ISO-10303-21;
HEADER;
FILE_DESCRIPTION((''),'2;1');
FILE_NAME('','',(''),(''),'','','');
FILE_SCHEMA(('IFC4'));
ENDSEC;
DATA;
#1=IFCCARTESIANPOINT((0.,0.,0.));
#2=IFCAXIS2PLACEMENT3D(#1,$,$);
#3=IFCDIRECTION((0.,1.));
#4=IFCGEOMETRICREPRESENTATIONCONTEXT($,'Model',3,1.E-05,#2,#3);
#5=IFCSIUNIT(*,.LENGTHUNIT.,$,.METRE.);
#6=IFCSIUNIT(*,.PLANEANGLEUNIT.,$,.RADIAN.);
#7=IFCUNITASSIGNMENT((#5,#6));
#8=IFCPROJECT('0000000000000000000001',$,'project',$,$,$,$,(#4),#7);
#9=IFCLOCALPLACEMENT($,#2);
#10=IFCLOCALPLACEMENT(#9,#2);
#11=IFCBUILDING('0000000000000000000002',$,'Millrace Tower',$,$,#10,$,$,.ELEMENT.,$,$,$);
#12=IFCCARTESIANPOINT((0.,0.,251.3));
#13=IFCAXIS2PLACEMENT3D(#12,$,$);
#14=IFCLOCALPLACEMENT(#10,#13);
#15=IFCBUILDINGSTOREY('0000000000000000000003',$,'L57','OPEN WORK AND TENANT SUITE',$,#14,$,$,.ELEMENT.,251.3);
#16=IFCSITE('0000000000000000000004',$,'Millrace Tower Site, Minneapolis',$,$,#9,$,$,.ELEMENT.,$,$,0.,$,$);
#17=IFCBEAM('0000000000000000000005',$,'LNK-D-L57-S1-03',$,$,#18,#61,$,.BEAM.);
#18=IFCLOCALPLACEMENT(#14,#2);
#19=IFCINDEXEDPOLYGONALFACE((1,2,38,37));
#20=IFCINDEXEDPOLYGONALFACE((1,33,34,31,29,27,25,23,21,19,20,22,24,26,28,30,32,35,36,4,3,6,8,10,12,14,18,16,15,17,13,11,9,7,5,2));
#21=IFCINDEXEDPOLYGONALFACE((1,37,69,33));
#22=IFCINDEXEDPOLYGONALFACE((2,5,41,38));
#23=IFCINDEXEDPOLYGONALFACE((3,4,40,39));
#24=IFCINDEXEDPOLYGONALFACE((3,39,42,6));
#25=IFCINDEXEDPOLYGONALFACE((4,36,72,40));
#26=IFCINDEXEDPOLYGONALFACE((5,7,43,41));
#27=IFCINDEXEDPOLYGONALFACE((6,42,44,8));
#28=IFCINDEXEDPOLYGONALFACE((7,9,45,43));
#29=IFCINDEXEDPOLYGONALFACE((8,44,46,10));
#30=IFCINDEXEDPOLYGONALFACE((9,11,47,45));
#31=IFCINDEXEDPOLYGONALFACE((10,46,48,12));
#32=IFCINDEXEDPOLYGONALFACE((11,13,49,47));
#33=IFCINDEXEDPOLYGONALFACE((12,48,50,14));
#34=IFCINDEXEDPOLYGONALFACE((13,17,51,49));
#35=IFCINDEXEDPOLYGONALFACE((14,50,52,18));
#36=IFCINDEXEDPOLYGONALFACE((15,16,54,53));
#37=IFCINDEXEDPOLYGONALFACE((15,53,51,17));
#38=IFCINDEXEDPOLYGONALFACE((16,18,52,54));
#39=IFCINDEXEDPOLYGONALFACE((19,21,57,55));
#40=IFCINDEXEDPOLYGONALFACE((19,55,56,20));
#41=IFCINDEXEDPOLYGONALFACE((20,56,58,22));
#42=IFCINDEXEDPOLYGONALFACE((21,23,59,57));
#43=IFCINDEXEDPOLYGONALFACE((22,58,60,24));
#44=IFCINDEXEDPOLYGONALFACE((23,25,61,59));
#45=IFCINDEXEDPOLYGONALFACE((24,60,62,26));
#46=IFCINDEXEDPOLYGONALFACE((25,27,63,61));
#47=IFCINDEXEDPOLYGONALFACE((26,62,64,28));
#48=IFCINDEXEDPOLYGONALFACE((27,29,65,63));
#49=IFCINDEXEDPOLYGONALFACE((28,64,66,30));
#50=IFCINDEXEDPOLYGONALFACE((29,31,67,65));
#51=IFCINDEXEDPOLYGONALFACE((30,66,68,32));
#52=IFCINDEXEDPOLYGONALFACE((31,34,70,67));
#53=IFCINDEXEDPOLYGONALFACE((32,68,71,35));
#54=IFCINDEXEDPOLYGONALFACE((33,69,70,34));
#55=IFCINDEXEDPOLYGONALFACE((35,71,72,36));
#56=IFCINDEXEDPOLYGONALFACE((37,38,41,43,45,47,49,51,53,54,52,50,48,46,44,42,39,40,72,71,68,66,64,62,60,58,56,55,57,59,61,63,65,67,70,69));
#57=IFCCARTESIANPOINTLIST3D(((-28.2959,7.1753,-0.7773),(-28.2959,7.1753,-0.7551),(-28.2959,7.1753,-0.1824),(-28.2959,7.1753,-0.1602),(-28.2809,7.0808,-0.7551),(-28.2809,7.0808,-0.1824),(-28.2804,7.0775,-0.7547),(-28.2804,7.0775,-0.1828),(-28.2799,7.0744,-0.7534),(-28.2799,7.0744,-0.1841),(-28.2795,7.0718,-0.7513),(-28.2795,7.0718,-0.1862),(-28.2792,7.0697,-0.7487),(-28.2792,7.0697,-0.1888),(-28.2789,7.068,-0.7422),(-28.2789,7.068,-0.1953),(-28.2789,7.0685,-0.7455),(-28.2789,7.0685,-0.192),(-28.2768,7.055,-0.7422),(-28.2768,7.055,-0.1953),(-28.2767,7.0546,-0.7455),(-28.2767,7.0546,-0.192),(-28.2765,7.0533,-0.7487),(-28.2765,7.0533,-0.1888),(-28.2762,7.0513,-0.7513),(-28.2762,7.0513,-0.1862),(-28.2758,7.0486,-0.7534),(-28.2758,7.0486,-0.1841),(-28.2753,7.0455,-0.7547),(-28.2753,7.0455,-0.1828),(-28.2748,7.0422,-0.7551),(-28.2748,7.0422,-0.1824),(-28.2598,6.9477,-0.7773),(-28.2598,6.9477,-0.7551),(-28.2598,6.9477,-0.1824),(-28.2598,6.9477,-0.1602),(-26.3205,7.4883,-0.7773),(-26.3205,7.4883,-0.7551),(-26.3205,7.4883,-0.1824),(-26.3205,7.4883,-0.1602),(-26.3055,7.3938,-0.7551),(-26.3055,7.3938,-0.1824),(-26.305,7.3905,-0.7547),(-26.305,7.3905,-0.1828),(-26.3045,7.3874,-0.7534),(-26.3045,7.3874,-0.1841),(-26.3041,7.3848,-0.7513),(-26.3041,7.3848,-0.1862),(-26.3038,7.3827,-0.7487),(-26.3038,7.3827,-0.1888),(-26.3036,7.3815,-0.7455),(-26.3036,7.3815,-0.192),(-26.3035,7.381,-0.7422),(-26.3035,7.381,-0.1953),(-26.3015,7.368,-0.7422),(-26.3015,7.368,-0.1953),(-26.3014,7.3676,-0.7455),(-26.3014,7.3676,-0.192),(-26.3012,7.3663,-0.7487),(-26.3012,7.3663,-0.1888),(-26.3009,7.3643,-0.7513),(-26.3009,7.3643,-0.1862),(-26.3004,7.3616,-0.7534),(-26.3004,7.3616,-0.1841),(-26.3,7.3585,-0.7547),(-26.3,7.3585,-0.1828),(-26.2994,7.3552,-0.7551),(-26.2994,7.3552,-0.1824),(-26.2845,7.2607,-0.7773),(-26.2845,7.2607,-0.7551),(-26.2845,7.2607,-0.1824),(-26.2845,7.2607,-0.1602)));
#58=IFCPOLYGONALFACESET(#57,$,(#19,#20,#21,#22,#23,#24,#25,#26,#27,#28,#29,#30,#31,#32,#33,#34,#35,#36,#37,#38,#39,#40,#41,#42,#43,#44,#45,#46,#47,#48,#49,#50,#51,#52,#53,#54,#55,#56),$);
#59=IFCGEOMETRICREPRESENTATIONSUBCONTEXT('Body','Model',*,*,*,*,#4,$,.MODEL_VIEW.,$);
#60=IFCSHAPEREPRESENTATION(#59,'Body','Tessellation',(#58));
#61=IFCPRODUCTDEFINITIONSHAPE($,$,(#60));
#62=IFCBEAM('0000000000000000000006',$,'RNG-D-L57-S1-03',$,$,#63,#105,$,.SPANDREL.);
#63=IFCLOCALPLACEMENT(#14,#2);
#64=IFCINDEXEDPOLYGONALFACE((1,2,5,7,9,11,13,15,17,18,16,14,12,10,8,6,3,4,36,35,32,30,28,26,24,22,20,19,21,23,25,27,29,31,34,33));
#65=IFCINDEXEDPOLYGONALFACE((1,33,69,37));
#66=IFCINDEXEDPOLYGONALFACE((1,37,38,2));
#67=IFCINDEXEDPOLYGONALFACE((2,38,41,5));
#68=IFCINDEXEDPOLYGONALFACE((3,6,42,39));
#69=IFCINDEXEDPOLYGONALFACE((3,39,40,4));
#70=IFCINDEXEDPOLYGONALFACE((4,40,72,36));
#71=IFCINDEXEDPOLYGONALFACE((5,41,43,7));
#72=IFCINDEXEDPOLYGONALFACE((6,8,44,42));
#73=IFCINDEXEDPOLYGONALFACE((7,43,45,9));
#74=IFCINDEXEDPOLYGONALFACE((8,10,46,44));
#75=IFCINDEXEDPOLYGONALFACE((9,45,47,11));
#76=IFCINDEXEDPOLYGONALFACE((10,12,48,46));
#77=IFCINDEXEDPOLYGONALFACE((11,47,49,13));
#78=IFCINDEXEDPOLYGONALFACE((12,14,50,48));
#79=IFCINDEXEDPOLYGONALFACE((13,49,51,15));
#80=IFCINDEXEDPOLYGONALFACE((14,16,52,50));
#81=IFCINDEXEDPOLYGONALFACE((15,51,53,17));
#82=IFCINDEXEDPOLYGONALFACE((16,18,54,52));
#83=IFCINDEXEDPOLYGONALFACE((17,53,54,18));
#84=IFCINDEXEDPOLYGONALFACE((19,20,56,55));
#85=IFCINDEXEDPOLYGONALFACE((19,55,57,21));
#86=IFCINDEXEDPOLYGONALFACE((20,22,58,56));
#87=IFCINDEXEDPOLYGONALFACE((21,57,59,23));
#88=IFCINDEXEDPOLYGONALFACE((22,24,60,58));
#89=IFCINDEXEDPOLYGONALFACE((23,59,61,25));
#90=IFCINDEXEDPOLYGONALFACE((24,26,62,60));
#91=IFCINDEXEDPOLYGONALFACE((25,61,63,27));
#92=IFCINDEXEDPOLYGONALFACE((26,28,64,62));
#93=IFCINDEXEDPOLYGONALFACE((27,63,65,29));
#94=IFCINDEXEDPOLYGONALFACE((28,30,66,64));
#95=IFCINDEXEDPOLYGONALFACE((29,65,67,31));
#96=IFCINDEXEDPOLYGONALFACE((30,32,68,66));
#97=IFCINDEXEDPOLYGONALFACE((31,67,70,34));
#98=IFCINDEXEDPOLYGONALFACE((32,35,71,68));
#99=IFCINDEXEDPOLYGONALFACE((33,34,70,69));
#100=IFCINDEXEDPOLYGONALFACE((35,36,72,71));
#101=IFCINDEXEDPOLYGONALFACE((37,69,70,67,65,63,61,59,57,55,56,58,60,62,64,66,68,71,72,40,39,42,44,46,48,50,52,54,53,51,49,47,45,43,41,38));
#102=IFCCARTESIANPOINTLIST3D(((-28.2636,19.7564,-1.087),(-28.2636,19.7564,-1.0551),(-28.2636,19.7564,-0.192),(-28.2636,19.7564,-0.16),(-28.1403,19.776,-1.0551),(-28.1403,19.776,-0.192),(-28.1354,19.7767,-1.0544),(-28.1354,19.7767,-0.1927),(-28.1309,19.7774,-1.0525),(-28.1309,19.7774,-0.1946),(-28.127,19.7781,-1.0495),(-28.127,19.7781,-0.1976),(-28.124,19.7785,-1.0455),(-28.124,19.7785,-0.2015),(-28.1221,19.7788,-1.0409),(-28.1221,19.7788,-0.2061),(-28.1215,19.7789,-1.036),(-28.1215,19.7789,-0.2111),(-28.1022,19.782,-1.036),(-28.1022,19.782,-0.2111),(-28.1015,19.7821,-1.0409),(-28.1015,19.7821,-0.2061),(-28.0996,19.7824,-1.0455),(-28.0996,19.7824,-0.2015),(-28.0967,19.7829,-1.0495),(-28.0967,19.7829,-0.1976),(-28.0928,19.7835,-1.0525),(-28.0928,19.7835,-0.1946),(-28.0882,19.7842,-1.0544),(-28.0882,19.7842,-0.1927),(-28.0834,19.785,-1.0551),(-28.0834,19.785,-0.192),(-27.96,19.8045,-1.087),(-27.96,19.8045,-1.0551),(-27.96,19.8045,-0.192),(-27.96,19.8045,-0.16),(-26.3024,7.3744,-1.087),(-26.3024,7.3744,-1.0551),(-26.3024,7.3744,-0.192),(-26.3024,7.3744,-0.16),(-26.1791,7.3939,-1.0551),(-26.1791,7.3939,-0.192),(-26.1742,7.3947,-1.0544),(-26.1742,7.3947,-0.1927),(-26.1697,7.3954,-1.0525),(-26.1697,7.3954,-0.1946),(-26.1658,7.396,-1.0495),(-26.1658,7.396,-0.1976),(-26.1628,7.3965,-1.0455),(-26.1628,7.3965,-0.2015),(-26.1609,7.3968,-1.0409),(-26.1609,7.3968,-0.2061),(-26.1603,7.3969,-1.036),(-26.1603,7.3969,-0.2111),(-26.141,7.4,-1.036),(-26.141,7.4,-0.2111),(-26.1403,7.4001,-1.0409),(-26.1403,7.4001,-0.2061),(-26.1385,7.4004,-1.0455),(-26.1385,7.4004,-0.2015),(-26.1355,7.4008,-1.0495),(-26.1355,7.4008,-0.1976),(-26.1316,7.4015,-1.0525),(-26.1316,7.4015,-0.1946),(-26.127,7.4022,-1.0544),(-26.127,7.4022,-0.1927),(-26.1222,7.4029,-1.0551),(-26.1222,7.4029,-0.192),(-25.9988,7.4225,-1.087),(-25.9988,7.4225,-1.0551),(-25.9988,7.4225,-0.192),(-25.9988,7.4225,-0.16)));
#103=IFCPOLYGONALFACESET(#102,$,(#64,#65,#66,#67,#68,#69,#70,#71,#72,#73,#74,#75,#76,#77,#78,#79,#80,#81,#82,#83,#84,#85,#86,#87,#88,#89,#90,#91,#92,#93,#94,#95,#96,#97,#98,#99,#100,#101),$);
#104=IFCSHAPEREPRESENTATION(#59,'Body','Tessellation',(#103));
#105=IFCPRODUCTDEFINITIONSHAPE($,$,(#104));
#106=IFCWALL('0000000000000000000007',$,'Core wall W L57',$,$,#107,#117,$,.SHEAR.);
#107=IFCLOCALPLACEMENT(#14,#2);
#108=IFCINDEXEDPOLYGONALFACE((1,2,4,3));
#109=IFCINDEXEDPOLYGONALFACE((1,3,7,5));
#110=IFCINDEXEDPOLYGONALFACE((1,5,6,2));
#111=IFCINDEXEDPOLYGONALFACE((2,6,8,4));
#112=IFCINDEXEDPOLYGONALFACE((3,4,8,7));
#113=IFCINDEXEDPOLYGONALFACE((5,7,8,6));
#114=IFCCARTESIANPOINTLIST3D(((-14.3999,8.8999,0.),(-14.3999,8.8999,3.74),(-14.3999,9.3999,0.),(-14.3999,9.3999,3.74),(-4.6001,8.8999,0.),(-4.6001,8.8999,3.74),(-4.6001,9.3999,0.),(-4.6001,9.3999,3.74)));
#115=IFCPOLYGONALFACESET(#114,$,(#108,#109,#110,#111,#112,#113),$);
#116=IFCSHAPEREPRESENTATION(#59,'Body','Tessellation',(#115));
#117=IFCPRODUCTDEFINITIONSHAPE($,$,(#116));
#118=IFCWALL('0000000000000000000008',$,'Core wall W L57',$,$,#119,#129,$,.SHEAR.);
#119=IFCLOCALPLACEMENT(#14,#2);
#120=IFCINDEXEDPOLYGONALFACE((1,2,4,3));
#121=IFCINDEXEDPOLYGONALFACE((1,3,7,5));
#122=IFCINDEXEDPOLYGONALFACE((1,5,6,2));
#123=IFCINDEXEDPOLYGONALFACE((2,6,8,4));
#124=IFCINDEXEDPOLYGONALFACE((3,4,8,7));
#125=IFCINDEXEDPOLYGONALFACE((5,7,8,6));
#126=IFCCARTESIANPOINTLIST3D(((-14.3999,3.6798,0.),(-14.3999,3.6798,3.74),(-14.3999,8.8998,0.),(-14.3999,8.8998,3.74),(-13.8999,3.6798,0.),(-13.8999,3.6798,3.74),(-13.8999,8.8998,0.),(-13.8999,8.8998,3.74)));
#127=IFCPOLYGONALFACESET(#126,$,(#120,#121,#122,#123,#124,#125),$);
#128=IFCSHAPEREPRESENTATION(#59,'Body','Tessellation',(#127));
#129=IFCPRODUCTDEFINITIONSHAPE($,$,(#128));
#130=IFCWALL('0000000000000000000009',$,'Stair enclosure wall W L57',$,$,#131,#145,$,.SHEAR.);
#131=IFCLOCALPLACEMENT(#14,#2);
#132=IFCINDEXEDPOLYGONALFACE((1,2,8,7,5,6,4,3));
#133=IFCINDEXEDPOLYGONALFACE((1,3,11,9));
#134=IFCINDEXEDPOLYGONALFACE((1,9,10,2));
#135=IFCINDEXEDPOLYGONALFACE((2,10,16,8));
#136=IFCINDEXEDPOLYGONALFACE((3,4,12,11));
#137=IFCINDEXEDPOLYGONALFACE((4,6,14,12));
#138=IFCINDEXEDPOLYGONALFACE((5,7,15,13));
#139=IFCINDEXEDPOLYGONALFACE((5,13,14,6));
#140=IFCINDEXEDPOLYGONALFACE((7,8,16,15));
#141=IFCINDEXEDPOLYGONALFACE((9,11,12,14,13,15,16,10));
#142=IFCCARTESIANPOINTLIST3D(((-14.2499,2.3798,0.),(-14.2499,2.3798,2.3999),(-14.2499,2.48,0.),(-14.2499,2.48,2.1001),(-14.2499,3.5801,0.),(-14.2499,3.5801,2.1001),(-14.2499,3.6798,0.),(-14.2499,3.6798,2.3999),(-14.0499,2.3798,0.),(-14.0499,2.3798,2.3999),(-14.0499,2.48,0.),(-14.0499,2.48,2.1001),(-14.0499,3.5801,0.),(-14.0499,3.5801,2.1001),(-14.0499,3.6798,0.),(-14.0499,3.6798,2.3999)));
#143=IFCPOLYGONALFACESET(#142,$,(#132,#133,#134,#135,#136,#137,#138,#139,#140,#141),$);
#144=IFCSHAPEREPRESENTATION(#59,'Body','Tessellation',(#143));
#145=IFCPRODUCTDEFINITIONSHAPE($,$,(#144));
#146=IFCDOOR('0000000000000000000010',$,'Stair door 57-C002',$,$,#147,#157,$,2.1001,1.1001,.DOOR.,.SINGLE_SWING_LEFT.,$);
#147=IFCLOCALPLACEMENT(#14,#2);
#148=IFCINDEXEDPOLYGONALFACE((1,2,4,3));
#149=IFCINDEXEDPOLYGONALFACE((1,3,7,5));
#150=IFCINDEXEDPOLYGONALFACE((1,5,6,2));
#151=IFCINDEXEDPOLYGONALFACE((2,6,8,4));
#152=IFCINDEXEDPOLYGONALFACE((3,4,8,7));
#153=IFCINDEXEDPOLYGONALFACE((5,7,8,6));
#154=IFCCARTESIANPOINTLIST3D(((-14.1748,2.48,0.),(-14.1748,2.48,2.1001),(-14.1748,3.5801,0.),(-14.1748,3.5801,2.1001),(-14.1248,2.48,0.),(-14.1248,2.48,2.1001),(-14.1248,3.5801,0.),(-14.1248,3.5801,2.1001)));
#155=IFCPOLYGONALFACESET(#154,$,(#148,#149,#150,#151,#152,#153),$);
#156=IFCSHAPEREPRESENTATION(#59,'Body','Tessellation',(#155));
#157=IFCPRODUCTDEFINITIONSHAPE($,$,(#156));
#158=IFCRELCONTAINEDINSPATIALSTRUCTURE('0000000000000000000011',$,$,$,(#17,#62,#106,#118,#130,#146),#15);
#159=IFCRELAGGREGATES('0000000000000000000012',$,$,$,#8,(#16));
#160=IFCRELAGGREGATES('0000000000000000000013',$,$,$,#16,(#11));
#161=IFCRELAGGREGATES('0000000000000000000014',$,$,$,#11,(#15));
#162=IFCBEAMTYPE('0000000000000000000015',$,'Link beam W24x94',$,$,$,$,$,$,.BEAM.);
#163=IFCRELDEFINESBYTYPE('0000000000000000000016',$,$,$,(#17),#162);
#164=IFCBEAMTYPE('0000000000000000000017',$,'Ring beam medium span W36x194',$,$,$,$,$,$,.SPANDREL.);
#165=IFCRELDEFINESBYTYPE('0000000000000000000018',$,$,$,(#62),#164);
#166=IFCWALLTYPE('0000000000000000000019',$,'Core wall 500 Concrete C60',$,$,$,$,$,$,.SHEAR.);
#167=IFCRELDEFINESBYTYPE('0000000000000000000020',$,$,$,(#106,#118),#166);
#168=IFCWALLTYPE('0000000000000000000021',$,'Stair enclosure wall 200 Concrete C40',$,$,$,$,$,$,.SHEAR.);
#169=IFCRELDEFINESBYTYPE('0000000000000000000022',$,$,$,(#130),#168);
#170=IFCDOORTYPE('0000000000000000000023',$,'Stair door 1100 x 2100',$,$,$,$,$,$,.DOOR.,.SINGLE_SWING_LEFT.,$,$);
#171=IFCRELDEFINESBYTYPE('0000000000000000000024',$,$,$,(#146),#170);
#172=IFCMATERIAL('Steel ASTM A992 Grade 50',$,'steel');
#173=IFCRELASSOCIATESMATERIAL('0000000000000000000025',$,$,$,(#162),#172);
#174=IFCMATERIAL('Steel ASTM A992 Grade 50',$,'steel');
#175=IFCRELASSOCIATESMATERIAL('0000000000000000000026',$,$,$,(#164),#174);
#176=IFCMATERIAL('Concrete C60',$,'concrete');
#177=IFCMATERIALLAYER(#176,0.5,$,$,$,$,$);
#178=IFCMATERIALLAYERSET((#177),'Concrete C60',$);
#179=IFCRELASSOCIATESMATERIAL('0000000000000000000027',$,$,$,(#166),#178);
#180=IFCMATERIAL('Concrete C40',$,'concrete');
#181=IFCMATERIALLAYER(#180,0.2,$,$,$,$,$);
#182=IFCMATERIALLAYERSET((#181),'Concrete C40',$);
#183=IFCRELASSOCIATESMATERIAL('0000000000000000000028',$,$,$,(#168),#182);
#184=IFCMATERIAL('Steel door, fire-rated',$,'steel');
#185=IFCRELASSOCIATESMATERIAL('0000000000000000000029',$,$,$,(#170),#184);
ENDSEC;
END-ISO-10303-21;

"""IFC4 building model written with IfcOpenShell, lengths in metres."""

from ifc_helpers import new_model, si_unit, direction, frame, frame_2d, origin, origin_2d, place, context, subcontext, project, spatial, rectangle, i_section, extrude, material, layer, layer_set, material_profile, profile_set, type_object, element, fill, save


model = new_model("IFC4")

# Units and contexts
model_context = context("Model", 3, precision=1e-05, world=origin(), true_north=direction((0.0, 1.0)))
body_context = subcontext(model_context, "Body", "Model", "MODEL_VIEW")
ifc_project = project(units=[si_unit("LENGTHUNIT", "METRE"), si_unit("PLANEANGLEUNIT", "RADIAN")], contexts=[model_context])

# Site, building, storey
site_placement = place(None, origin())
site = spatial("IfcSite", under=ifc_project, at=site_placement, Name="Millrace Tower Site, Minneapolis", CompositionType="ELEMENT", RefElevation=0.0)
building_placement = place(site_placement, origin())
building = spatial("IfcBuilding", under=site, at=building_placement, Name="Millrace Tower", CompositionType="ELEMENT")
storey_placement = place(building_placement, frame((0.0, 0.0, 251.3)))
storey = spatial("IfcBuildingStorey", under=building, at=storey_placement, Name="L57", Description="OPEN WORK AND TENANT SUITE", CompositionType="ELEMENT", Elevation=251.3)

# Beams
ifc_material_1 = material(Name="Steel ASTM A992 Grade 50", Category="steel")
ifc_material_profile_1 = material_profile(ifc_material_1, i_section(OverallWidth=0.2305, OverallDepth=0.6172, WebThickness=0.0132, FlangeThickness=0.0222, FilletRadius=0.0129, at=origin_2d()))
ifc_profile_set_1 = profile_set([ifc_material_profile_1], Name="Steel ASTM A992 Grade 50")
beam_type_1 = type_object("IfcBeamType", Name="Link beam W24x94", PredefinedType="BEAM", material=ifc_profile_set_1)
beam_1_placement = place(storey_placement, frame((-26.3025, 7.3745, -0.4688), z_axis=(-0.987679, -0.156495, 0.0), x_axis=(0.156495, -0.987679, 0.0)))
element("IfcBeam", 1, at=beam_1_placement, inside=storey, type_object=beam_type_1, Name="LNK-D-L57-S1-03", PredefinedType="BEAM", context=body_context, shape_type="SweptSolid", body=[
    extrude(i_section(OverallWidth=0.2305, OverallDepth=0.6172, WebThickness=0.0132, FlangeThickness=0.0222, FilletRadius=0.0129, at=origin_2d()), origin(), (0.0, 0.0, 1.0), 2.0),
])
ifc_material_2 = material(Name="Steel ASTM A992 Grade 50", Category="steel")
ifc_material_profile_2 = material_profile(ifc_material_2, i_section(OverallWidth=0.3074, OverallDepth=0.927, WebThickness=0.0195, FlangeThickness=0.032, FilletRadius=0.019, at=origin_2d()))
ifc_profile_set_2 = profile_set([ifc_material_profile_2], Name="Steel ASTM A992 Grade 50")
beam_type_2 = type_object("IfcBeamType", Name="Ring beam medium span W36x194", PredefinedType="SPANDREL", material=ifc_profile_set_2)
beam_2_placement = place(storey_placement, frame((-26.1506, 7.3984, -0.6235), z_axis=(-0.156439, 0.987688, 0.0), x_axis=(-0.987688, -0.156439, 0.0)))
element("IfcBeam", 2, at=beam_2_placement, inside=storey, type_object=beam_type_2, Name="RNG-D-L57-S1-03", PredefinedType="SPANDREL", context=body_context, shape_type="SweptSolid", body=[
    extrude(i_section(OverallWidth=0.3074, OverallDepth=0.927, WebThickness=0.0195, FlangeThickness=0.032, FilletRadius=0.019, at=origin_2d()), origin(), (0.0, 0.0, 1.0), 12.5364),
])

# Walls
ifc_material_3 = material(Name="Concrete C60", Category="concrete")
ifc_layer_1 = layer(ifc_material_3, 0.5)
ifc_layer_set_1 = layer_set([ifc_layer_1], Name="Concrete C60")
wall_type_1 = type_object("IfcWallType", Name="Core wall 500 Concrete C60", PredefinedType="SHEAR", material=ifc_layer_set_1)
wall_1_placement = place(storey_placement, frame((-14.3999, 9.1499, 0.0), z_axis=(0.0, 0.0, 1.0), x_axis=(1.0, 0.0, 0.0)))
element("IfcWall", 3, at=wall_1_placement, inside=storey, type_object=wall_type_1, Name="Core wall W L57", PredefinedType="SHEAR", context=body_context, shape_type="SweptSolid", body=[
    extrude(rectangle(XDim=9.7998, YDim=0.5, at=frame_2d((4.8999, 0.0))), origin(), (0.0, 0.0, 1.0), 3.74),
])
wall_2_placement = place(storey_placement, frame((-14.1499, 3.6799, 0.0), z_axis=(0.0, 0.0, 1.0), x_axis=(0.0, 1.0, 0.0)))
element("IfcWall", 4, at=wall_2_placement, inside=storey, type_object=wall_type_1, Name="Core wall W L57", PredefinedType="SHEAR", context=body_context, shape_type="SweptSolid", body=[
    extrude(rectangle(XDim=5.22, YDim=0.5, at=frame_2d((2.6099, 0.0))), origin(), (0.0, 0.0, 1.0), 3.74),
])

# Wall, opening, door
ifc_material_4 = material(Name="Concrete C40", Category="concrete")
ifc_layer_2 = layer(ifc_material_4, 0.2)
ifc_layer_set_2 = layer_set([ifc_layer_2], Name="Concrete C40")
wall_type_2 = type_object("IfcWallType", Name="Stair enclosure wall 200 Concrete C40", PredefinedType="SHEAR", material=ifc_layer_set_2)
wall_3_placement = place(storey_placement, frame((-14.1499, 2.3799, 0.0), z_axis=(0.0, 0.0, 1.0), x_axis=(0.0, 1.0, 0.0)))
wall_3 = element("IfcWall", 5, at=wall_3_placement, inside=storey, type_object=wall_type_2, Name="Stair enclosure wall W L57", PredefinedType="SHEAR", context=body_context, shape_type="SweptSolid", body=[
    extrude(rectangle(XDim=1.3, YDim=0.2, at=frame_2d((0.6499, 0.0))), origin(), (0.0, 0.0, 1.0), 2.3999),
])
opening_1_placement = place(wall_3_placement, frame((0.1001, 0.0, 0.0)))
opening_1 = element("IfcOpeningElement", 6, at=opening_1_placement, cuts=wall_3, PredefinedType="OPENING", context=body_context, shape_type="SweptSolid", body=[
    extrude(rectangle(XDim=1.1001, YDim=2.1001, at=frame_2d((0.55, 1.05))), frame((0.0, 0.1099, 0.0), z_axis=(0.0, -1.0, 0.0), x_axis=(1.0, 0.0, 0.0)), (0.0, 0.0, 1.0), 0.22),
])
ifc_material_5 = material(Name="Steel door, fire-rated", Category="steel")
door_type_1 = type_object("IfcDoorType", Name="Stair door 1100 x 2100", OperationType="SINGLE_SWING_LEFT", PredefinedType="DOOR", material=ifc_material_5)
door_1_placement = place(opening_1_placement, origin())
door_1 = element("IfcDoor", 7, at=door_1_placement, inside=storey, type_object=door_type_1, Name="Stair door 57-C002", OperationType="SINGLE_SWING_LEFT", OverallHeight=2.1001, OverallWidth=1.1001, PredefinedType="DOOR", context=body_context, shape_type="SweptSolid", body=[
    extrude(rectangle(XDim=1.1001, YDim=2.1001, at=frame_2d((0.55, 1.05))), frame((0.0, 0.0249, 0.0), z_axis=(0.0, -1.0, 0.0), x_axis=(1.0, 0.0, 0.0)), (0.0, 0.0, 1.0), 0.05),
])
fill(opening_1, door_1)

save(model, "model.ifc")
